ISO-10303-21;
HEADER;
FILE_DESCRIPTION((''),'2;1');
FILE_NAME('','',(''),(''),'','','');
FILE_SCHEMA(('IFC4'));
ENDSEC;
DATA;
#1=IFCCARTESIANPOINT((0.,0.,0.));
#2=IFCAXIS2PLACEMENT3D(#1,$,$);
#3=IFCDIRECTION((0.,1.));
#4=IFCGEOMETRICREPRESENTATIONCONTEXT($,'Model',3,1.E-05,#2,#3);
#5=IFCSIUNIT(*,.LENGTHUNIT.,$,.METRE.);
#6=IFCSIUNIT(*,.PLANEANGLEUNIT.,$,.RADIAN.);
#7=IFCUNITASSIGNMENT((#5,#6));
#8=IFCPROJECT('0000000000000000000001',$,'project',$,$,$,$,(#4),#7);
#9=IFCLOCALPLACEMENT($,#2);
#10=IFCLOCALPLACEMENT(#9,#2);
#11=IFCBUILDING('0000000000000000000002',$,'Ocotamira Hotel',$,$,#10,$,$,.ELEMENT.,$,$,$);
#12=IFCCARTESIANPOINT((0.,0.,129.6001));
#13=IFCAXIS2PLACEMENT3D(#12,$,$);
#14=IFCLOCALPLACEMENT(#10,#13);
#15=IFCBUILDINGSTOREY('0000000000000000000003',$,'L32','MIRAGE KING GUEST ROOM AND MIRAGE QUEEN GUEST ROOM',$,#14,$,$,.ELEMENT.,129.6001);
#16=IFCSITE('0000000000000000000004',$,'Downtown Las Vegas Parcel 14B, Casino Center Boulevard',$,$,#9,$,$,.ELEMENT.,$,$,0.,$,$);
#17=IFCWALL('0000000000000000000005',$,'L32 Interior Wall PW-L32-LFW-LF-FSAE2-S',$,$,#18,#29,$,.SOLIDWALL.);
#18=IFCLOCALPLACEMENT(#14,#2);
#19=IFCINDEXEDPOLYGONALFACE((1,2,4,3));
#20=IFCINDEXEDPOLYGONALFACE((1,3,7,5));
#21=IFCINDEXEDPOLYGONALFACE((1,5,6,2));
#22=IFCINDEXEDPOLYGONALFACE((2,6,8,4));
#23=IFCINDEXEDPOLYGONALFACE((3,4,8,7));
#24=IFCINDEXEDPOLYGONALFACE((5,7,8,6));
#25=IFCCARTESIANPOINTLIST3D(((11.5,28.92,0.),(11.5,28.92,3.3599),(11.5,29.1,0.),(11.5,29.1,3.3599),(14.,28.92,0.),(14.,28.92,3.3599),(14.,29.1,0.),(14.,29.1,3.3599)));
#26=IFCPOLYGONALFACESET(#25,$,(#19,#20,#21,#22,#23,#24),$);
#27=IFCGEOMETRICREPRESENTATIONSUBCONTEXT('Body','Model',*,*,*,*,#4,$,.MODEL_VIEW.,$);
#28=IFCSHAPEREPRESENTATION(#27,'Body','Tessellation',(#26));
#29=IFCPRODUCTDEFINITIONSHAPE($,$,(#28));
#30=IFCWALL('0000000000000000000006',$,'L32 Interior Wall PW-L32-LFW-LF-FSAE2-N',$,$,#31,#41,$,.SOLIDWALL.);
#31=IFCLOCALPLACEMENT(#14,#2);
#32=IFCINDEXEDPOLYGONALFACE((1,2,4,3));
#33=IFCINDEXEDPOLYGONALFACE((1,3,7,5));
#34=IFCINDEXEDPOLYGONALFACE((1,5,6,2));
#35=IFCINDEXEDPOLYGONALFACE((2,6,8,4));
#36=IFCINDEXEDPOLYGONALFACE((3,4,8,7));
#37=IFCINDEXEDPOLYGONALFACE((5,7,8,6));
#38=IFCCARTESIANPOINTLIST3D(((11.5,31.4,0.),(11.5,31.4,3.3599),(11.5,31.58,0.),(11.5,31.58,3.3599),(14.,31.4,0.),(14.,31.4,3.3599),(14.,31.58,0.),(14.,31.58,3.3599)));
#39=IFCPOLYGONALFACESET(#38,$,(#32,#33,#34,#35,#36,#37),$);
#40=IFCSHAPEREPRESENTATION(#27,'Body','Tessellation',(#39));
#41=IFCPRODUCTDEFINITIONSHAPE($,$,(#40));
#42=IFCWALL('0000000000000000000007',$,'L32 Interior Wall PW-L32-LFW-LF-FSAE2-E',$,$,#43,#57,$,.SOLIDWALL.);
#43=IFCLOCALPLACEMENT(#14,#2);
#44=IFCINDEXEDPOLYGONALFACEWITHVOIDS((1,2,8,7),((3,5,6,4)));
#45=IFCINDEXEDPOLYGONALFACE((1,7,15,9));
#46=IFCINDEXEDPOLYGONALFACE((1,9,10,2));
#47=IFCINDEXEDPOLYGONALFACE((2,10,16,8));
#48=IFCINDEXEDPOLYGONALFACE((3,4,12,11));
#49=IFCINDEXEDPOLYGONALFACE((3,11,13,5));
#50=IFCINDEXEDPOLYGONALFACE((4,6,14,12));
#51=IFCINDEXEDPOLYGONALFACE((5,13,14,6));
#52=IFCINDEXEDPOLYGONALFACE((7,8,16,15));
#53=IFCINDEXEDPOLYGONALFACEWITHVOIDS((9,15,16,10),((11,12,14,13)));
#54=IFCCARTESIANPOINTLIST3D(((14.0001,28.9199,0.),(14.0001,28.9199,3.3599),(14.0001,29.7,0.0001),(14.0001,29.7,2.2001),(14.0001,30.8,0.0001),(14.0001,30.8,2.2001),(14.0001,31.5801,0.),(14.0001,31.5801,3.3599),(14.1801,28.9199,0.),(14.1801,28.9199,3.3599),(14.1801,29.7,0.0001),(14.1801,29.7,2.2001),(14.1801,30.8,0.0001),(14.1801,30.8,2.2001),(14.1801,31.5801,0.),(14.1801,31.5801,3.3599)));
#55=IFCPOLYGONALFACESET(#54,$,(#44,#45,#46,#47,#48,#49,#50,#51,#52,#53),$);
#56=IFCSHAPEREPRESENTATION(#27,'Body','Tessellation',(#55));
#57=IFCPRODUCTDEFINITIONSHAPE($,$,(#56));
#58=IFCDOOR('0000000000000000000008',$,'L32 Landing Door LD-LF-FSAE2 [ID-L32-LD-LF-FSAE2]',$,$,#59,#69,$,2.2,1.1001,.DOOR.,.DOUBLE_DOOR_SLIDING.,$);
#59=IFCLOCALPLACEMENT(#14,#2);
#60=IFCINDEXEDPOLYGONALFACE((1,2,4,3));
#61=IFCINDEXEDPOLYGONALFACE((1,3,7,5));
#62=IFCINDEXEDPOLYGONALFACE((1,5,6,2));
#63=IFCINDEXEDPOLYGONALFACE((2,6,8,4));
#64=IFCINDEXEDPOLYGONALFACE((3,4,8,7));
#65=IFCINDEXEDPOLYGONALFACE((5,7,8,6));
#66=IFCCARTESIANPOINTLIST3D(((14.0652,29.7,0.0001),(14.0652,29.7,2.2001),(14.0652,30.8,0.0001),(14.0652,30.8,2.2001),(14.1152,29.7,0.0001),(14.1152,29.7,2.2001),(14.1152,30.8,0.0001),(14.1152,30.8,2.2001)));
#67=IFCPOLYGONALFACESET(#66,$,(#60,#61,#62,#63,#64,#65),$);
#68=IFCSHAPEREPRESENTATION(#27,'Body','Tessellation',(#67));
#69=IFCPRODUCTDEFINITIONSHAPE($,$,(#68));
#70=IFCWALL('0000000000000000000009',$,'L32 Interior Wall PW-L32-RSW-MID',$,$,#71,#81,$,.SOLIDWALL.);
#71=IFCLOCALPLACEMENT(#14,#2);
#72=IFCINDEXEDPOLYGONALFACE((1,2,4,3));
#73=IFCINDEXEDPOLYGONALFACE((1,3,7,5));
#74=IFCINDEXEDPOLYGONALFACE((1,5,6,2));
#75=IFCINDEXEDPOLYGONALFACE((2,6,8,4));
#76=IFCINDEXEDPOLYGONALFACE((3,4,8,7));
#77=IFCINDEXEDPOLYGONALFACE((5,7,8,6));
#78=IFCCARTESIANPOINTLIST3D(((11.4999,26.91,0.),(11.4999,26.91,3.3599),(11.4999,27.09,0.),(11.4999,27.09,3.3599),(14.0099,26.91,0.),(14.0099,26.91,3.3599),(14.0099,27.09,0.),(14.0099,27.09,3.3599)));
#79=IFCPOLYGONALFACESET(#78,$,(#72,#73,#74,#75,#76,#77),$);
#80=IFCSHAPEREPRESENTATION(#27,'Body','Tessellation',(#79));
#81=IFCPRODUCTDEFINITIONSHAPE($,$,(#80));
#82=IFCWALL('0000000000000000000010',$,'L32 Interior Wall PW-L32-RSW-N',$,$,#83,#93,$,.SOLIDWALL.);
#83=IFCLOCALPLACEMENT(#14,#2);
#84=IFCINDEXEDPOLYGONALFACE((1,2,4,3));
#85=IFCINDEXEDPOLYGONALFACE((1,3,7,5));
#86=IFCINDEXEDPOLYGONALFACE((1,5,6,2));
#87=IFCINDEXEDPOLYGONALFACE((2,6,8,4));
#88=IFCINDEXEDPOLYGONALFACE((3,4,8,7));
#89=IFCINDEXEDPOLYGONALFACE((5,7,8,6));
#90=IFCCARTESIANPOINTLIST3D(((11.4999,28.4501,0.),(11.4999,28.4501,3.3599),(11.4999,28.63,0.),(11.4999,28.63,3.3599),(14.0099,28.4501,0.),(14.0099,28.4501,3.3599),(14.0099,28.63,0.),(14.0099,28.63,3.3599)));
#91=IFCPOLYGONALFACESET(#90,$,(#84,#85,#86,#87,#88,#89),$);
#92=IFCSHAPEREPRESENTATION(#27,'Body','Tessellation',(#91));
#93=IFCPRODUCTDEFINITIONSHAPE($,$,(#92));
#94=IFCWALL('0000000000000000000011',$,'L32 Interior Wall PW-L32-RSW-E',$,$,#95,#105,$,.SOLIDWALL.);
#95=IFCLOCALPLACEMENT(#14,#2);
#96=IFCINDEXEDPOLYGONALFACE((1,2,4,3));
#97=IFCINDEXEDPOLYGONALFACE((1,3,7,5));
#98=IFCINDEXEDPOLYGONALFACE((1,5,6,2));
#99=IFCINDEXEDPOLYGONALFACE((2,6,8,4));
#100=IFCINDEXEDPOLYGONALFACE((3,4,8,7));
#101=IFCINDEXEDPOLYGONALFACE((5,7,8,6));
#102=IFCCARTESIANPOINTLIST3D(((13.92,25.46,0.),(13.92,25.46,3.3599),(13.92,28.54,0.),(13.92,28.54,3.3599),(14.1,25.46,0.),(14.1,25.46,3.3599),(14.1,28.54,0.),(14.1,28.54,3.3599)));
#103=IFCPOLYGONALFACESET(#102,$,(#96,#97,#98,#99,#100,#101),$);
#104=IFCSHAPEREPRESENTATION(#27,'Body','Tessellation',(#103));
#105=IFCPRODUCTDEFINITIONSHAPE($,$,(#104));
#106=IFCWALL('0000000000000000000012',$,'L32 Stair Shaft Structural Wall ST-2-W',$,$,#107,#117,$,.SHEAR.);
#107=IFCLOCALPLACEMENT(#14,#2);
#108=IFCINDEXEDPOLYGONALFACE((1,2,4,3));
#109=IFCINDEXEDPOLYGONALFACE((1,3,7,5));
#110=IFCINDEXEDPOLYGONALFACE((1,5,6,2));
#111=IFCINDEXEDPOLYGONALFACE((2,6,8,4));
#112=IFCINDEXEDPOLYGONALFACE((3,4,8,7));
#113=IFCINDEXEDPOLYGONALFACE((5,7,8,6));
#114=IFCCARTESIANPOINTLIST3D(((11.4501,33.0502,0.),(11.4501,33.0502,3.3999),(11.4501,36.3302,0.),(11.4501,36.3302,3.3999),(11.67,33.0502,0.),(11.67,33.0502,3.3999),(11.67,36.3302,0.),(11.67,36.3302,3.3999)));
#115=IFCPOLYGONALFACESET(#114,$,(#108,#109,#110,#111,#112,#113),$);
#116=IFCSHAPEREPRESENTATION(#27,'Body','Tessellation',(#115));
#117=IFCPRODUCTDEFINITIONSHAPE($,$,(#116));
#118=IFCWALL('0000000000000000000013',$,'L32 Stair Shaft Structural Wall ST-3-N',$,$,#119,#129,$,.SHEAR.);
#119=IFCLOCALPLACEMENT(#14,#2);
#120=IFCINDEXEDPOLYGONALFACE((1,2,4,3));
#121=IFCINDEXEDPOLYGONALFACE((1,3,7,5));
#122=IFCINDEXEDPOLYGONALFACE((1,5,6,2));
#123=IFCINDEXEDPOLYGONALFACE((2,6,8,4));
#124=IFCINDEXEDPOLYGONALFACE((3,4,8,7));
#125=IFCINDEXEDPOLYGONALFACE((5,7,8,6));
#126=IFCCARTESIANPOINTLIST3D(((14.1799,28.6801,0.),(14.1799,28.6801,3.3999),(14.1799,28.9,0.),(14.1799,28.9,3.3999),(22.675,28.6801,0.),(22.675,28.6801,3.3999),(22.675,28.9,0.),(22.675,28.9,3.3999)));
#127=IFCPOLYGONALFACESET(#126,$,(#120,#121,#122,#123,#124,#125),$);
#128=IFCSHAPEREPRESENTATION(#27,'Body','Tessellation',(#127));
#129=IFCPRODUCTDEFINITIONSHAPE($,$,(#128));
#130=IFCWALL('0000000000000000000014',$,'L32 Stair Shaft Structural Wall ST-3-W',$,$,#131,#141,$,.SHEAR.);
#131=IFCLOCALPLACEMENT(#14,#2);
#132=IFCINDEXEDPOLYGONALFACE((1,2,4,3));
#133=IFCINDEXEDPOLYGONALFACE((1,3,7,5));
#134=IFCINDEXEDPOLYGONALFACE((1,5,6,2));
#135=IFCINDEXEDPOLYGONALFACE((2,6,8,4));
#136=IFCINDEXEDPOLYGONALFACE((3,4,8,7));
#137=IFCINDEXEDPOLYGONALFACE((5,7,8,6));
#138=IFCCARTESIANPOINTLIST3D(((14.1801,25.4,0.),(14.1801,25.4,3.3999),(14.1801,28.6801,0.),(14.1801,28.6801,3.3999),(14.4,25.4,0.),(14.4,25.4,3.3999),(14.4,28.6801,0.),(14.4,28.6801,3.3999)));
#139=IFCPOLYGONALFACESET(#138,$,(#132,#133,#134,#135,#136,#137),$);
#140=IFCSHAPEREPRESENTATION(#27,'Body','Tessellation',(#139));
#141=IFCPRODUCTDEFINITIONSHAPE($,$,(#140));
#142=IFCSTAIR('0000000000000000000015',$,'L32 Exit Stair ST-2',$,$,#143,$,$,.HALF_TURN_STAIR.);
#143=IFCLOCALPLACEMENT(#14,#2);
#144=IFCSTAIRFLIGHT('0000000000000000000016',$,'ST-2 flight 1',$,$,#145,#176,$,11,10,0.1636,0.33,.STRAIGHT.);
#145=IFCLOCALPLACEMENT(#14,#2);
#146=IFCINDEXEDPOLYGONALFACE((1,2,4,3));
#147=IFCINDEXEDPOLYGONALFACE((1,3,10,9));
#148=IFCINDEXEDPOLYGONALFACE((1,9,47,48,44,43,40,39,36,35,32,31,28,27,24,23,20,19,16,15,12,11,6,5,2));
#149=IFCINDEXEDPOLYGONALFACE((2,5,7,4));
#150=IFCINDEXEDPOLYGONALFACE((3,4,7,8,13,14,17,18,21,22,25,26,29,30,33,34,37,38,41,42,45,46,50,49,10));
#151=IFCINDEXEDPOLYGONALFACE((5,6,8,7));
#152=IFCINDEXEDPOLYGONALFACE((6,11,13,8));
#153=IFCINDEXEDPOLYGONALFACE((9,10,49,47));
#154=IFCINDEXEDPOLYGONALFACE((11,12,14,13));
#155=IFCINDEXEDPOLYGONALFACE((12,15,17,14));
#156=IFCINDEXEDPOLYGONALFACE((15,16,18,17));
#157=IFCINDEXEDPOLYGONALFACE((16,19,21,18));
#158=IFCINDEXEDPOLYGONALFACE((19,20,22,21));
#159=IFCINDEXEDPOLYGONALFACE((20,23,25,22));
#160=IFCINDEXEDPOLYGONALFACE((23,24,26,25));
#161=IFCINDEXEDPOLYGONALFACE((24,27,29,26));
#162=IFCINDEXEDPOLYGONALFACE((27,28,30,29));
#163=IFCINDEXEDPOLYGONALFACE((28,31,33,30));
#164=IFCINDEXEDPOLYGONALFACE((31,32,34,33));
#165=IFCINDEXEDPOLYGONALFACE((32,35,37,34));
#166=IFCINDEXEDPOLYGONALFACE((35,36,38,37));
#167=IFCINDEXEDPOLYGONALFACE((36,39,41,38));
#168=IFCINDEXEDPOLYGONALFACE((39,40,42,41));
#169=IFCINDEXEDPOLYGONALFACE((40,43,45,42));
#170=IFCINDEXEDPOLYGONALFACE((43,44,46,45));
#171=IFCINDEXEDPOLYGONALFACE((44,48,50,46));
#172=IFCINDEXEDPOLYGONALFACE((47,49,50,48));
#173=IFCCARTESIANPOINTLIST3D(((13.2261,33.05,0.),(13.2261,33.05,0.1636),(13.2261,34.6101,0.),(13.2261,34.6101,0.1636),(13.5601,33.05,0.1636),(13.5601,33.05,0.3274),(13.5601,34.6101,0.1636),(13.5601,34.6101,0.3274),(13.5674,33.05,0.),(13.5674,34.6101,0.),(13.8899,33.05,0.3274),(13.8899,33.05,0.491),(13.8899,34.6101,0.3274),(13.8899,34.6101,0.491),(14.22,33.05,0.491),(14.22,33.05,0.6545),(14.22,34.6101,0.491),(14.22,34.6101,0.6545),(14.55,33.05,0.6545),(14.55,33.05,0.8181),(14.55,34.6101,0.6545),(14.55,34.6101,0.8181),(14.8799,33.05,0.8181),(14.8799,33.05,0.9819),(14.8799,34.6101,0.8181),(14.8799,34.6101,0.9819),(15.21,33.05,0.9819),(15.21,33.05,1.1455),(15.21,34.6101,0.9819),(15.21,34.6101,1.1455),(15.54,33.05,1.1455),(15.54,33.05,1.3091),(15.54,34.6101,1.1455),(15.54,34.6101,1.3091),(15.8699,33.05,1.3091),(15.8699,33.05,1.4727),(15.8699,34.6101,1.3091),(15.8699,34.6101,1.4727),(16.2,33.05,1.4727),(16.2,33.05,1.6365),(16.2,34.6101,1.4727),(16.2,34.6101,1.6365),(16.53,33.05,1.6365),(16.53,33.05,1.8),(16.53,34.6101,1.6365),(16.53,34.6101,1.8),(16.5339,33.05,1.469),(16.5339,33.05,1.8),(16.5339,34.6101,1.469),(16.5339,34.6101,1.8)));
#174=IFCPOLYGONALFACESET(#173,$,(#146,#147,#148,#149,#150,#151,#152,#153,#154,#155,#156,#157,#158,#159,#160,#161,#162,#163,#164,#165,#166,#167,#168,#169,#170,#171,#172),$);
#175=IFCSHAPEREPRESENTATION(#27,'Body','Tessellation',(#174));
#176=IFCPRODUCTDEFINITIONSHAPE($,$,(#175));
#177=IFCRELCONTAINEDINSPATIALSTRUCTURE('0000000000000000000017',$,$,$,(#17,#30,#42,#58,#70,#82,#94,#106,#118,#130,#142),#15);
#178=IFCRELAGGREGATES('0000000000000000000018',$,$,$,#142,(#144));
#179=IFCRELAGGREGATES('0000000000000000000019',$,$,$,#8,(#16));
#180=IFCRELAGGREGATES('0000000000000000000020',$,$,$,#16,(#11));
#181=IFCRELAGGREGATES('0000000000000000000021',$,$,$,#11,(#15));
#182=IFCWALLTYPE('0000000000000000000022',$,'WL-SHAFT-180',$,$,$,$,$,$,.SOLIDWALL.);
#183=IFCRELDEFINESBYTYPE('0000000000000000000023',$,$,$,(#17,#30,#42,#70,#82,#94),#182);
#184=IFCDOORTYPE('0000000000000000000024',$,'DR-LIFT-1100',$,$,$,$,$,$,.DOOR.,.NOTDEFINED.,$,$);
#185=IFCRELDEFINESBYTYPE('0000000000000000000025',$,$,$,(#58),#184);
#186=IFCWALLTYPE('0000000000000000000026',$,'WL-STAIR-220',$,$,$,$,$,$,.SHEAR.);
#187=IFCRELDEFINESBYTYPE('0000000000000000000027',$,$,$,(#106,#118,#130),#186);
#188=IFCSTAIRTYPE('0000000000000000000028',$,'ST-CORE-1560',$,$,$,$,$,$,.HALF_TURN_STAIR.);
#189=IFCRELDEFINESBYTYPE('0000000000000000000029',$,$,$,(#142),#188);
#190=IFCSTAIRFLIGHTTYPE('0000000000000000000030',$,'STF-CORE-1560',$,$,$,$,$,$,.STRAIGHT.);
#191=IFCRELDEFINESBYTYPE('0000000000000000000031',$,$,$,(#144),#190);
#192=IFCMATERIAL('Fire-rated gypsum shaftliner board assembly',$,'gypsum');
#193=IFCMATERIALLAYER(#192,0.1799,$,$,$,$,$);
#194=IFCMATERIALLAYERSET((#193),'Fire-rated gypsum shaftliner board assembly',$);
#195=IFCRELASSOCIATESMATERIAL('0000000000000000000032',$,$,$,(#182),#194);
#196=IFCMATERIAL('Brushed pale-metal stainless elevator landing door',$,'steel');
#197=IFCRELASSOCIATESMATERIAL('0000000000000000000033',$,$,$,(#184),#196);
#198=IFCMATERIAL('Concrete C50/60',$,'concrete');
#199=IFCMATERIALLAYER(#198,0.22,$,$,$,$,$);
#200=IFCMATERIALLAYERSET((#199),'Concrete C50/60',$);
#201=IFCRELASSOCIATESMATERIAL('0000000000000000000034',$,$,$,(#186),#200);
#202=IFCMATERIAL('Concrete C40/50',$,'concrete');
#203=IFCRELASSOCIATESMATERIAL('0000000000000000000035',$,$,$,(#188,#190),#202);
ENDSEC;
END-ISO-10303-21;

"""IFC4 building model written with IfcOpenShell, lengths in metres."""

from ifc_helpers import new_model, si_unit, direction, frame, frame_2d, origin, place, context, subcontext, project, spatial, polyline, rectangle, outline, extrude, source, transform, mapped, material, layer, layer_set, type_object, element, fill, aggregate, save


model = new_model("IFC4")

# Units and contexts
model_context = context("Model", 3, precision=1e-05, world=origin(), true_north=direction((0.0, 1.0)))
body_context = subcontext(model_context, "Body", "Model", "MODEL_VIEW")
ifc_project = project(units=[si_unit("LENGTHUNIT", "METRE"), si_unit("PLANEANGLEUNIT", "RADIAN")], contexts=[model_context])

# Site, building, storey
site_placement = place(None, origin())
site = spatial("IfcSite", under=ifc_project, at=site_placement, Name="Downtown Las Vegas Parcel 14B, Casino Center Boulevard", CompositionType="ELEMENT", RefElevation=0.0)
building_placement = place(site_placement, origin())
building = spatial("IfcBuilding", under=site, at=building_placement, Name="Ocotamira Hotel", CompositionType="ELEMENT")
storey_placement = place(building_placement, frame((0.0, 0.0, 129.6001)))
storey = spatial("IfcBuildingStorey", under=building, at=storey_placement, Name="L32", Description="MIRAGE KING GUEST ROOM AND MIRAGE QUEEN GUEST ROOM", CompositionType="ELEMENT", Elevation=129.6001)

# Walls
ifc_material_1 = material(Name="Fire-rated gypsum shaftliner board assembly", Category="gypsum")
ifc_layer_1 = layer(ifc_material_1, 0.1799)
ifc_layer_set_1 = layer_set([ifc_layer_1], Name="Fire-rated gypsum shaftliner board assembly")
wall_type_1 = type_object("IfcWallType", Name="WL-SHAFT-180", PredefinedType="SOLIDWALL", material=ifc_layer_set_1)
for number, where, z_axis, x_axis, name in (
    (1, (11.5, 29.01, 0.0), (0.0, 0.0, 1.0), (1.0, 0.0, 0.0), "L32 Interior Wall PW-L32-LFW-LF-FSAE2-S"),
    (2, (11.5, 31.49, 0.0), (0.0, 0.0, 1.0), (1.0, 0.0, 0.0), "L32 Interior Wall PW-L32-LFW-LF-FSAE2-N"),
):
    element("IfcWall", number, at=place(storey_placement, frame(where, z_axis=z_axis, x_axis=x_axis)), inside=storey, type_object=wall_type_1, Name=name, PredefinedType="SOLIDWALL", context=body_context, shape_type="SweptSolid", body=[
        extrude(rectangle(XDim=2.5, YDim=0.1799, at=frame_2d((1.25, 0.0))), origin(), (0.0, 0.0, 1.0), 3.3599),
    ])

# Wall, opening, door
wall_1_placement = place(storey_placement, frame((14.0901, 28.9199, 0.0), z_axis=(0.0, 0.0, 1.0), x_axis=(0.0, 1.0, 0.0)))
wall_1 = element("IfcWall", 3, at=wall_1_placement, inside=storey, type_object=wall_type_1, Name="L32 Interior Wall PW-L32-LFW-LF-FSAE2-E", PredefinedType="SOLIDWALL", context=body_context, shape_type="SweptSolid", body=[
    extrude(rectangle(XDim=2.6602, YDim=0.1799, at=frame_2d((1.3301, 0.0))), origin(), (0.0, 0.0, 1.0), 3.3599),
])
opening_placement = place(wall_1_placement, frame((0.78, 0.0, 0.0)))
opening = element("IfcOpeningElement", 4, at=opening_placement, cuts=wall_1, PredefinedType="OPENING", context=body_context, shape_type="SweptSolid", body=[
    extrude(rectangle(XDim=1.1001, YDim=2.2, at=frame_2d((0.55, 1.1001))), frame((0.0, 0.1001, 0.0), z_axis=(0.0, -1.0, 0.0), x_axis=(1.0, 0.0, 0.0)), (0.0, 0.0, 1.0), 0.2),
])
ifc_material_2 = material(Name="Brushed pale-metal stainless elevator landing door", Category="steel")
door_type = type_object("IfcDoorType", Name="DR-LIFT-1100", OperationType="NOTDEFINED", PredefinedType="DOOR", material=ifc_material_2)
shared_shape_1 = source(origin(), body_context, "Body", "SweptSolid", [
    extrude(rectangle(XDim=1.1001, YDim=2.2, at=frame_2d((0.55, 1.1001))), frame((0.0, 0.0249, 0.0), z_axis=(0.0, -1.0, 0.0), x_axis=(1.0, 0.0, 0.0)), (0.0, 0.0, 1.0), 0.05),
])
door_placement = place(opening_placement, origin())
door = element("IfcDoor", 5, at=door_placement, inside=storey, type_object=door_type, Name="L32 Landing Door LD-LF-FSAE2 [ID-L32-LD-LF-FSAE2]", OperationType="DOUBLE_DOOR_SLIDING", OverallHeight=2.2, OverallWidth=1.1001, PredefinedType="DOOR", context=body_context, shape_type="MappedRepresentation", body=[
    mapped(shared_shape_1, transform((0.0, 0.0, 0.0), scale=1.0)),
])
fill(opening, door)

# Walls
for number, where, z_axis, x_axis, name in (
    (6, (11.5, 27.0, 0.0), (0.0, 0.0, 1.0), (1.0, 0.0, 0.0), "L32 Interior Wall PW-L32-RSW-MID"),
    (7, (11.5, 28.54, 0.0), (0.0, 0.0, 1.0), (1.0, 0.0, 0.0), "L32 Interior Wall PW-L32-RSW-N"),
):
    element("IfcWall", number, at=place(storey_placement, frame(where, z_axis=z_axis, x_axis=x_axis)), inside=storey, type_object=wall_type_1, Name=name, PredefinedType="SOLIDWALL", context=body_context, shape_type="SweptSolid", body=[
        extrude(rectangle(XDim=2.51, YDim=0.1799, at=frame_2d((1.2549, 0.0))), origin(), (0.0, 0.0, 1.0), 3.3599),
    ])
wall_2_placement = place(storey_placement, frame((14.01, 25.46, 0.0), z_axis=(0.0, 0.0, 1.0), x_axis=(0.0, 1.0, 0.0)))
element("IfcWall", 8, at=wall_2_placement, inside=storey, type_object=wall_type_1, Name="L32 Interior Wall PW-L32-RSW-E", PredefinedType="SOLIDWALL", context=body_context, shape_type="SweptSolid", body=[
    extrude(rectangle(XDim=3.0801, YDim=0.1799, at=frame_2d((1.54, 0.0))), origin(), (0.0, 0.0, 1.0), 3.3599),
])
ifc_material_3 = material(Name="Concrete C50/60", Category="concrete")
ifc_layer_2 = layer(ifc_material_3, 0.22)
ifc_layer_set_2 = layer_set([ifc_layer_2], Name="Concrete C50/60")
wall_type_2 = type_object("IfcWallType", Name="WL-STAIR-220", PredefinedType="SHEAR", material=ifc_layer_set_2)
wall_3_placement = place(storey_placement, frame((11.5601, 33.05, 0.0), z_axis=(0.0, 0.0, 1.0), x_axis=(0.0, 1.0, 0.0)))
element("IfcWall", 9, at=wall_3_placement, inside=storey, type_object=wall_type_2, Name="L32 Stair Shaft Structural Wall ST-2-W", PredefinedType="SHEAR", context=body_context, shape_type="SweptSolid", body=[
    extrude(rectangle(XDim=3.28, YDim=0.22, at=frame_2d((1.6401, 0.0))), origin(), (0.0, 0.0, 1.0), 3.3999),
])
wall_4_placement = place(storey_placement, frame((14.1799, 28.79, 0.0), z_axis=(0.0, 0.0, 1.0), x_axis=(1.0, 0.0, 0.0)))
element("IfcWall", 10, at=wall_4_placement, inside=storey, type_object=wall_type_2, Name="L32 Stair Shaft Structural Wall ST-3-N", PredefinedType="SHEAR", context=body_context, shape_type="SweptSolid", body=[
    extrude(rectangle(XDim=8.4951, YDim=0.22, at=frame_2d((4.2476, 0.0))), origin(), (0.0, 0.0, 1.0), 3.3999),
])
wall_5_placement = place(storey_placement, frame((14.29, 25.3999, 0.0), z_axis=(0.0, 0.0, 1.0), x_axis=(0.0, 1.0, 0.0)))
element("IfcWall", 11, at=wall_5_placement, inside=storey, type_object=wall_type_2, Name="L32 Stair Shaft Structural Wall ST-3-W", PredefinedType="SHEAR", context=body_context, shape_type="SweptSolid", body=[
    extrude(rectangle(XDim=3.28, YDim=0.22, at=frame_2d((1.6401, 0.0))), origin(), (0.0, 0.0, 1.0), 3.3999),
])

# Stair, stair flight
ifc_material_4 = material(Name="Concrete C40/50", Category="concrete")
stair_type = type_object("IfcStairType", Name="ST-CORE-1560", PredefinedType="HALF_TURN_STAIR", material=ifc_material_4)
stair_1_placement = place(storey_placement, origin())
stair_1 = element("IfcStair", 12, at=stair_1_placement, inside=storey, type_object=stair_type, Name="L32 Exit Stair ST-2", PredefinedType="HALF_TURN_STAIR")
stair_flight_type = type_object("IfcStairFlightType", Name="STF-CORE-1560", PredefinedType="STRAIGHT", material=ifc_material_4)
shared_shape_2 = source(origin(), body_context, "Body", "SweptSolid", [
    extrude(outline(polyline([(-0.0039, 0.0), (-0.0039, 0.1636), (0.3301, 0.1636), (0.3301, 0.3274), (0.6599, 0.3274), (0.6599, 0.491), (0.99, 0.491), (0.99, 0.6545), (1.3201, 0.6545), (1.3201, 0.8181), (1.6499, 0.8181), (1.6499, 0.9819), (1.98, 0.9819), (1.98, 1.1455), (2.3101, 1.1455), (2.3101, 1.3091), (2.6399, 1.3091), (2.6399, 1.4727), (2.97, 1.4727), (2.97, 1.6365), (3.3, 1.6365), (3.3, 1.8), (3.304, 1.8), (3.304, 1.469), (0.3374, 0.0), (-0.0039, 0.0)])), frame((0.0, 0.78, 0.0), z_axis=(0.0, -1.0, 0.0), x_axis=(1.0, 0.0, 0.0)), (0.0, 0.0, 1.0), 1.5601),
])
stair_flight_1_placement = place(storey_placement, frame((13.23, 33.8301, 0.0), z_axis=(0.0, 0.0, 1.0), x_axis=(1.0, 0.0, 0.0)))
stair_flight_1 = element("IfcStairFlight", 13, at=stair_flight_1_placement, type_object=stair_flight_type, Name="ST-2 flight 1", NumberOfRisers=11, NumberOfTreads=10, PredefinedType="STRAIGHT", RiserHeight=0.1636, TreadLength=0.33, context=body_context, shape_type="MappedRepresentation", body=[
    mapped(shared_shape_2, transform((0.0, 0.0, 0.0), scale=1.0)),
])
aggregate(stair_1, [stair_flight_1])

save(model, "model.ifc")
